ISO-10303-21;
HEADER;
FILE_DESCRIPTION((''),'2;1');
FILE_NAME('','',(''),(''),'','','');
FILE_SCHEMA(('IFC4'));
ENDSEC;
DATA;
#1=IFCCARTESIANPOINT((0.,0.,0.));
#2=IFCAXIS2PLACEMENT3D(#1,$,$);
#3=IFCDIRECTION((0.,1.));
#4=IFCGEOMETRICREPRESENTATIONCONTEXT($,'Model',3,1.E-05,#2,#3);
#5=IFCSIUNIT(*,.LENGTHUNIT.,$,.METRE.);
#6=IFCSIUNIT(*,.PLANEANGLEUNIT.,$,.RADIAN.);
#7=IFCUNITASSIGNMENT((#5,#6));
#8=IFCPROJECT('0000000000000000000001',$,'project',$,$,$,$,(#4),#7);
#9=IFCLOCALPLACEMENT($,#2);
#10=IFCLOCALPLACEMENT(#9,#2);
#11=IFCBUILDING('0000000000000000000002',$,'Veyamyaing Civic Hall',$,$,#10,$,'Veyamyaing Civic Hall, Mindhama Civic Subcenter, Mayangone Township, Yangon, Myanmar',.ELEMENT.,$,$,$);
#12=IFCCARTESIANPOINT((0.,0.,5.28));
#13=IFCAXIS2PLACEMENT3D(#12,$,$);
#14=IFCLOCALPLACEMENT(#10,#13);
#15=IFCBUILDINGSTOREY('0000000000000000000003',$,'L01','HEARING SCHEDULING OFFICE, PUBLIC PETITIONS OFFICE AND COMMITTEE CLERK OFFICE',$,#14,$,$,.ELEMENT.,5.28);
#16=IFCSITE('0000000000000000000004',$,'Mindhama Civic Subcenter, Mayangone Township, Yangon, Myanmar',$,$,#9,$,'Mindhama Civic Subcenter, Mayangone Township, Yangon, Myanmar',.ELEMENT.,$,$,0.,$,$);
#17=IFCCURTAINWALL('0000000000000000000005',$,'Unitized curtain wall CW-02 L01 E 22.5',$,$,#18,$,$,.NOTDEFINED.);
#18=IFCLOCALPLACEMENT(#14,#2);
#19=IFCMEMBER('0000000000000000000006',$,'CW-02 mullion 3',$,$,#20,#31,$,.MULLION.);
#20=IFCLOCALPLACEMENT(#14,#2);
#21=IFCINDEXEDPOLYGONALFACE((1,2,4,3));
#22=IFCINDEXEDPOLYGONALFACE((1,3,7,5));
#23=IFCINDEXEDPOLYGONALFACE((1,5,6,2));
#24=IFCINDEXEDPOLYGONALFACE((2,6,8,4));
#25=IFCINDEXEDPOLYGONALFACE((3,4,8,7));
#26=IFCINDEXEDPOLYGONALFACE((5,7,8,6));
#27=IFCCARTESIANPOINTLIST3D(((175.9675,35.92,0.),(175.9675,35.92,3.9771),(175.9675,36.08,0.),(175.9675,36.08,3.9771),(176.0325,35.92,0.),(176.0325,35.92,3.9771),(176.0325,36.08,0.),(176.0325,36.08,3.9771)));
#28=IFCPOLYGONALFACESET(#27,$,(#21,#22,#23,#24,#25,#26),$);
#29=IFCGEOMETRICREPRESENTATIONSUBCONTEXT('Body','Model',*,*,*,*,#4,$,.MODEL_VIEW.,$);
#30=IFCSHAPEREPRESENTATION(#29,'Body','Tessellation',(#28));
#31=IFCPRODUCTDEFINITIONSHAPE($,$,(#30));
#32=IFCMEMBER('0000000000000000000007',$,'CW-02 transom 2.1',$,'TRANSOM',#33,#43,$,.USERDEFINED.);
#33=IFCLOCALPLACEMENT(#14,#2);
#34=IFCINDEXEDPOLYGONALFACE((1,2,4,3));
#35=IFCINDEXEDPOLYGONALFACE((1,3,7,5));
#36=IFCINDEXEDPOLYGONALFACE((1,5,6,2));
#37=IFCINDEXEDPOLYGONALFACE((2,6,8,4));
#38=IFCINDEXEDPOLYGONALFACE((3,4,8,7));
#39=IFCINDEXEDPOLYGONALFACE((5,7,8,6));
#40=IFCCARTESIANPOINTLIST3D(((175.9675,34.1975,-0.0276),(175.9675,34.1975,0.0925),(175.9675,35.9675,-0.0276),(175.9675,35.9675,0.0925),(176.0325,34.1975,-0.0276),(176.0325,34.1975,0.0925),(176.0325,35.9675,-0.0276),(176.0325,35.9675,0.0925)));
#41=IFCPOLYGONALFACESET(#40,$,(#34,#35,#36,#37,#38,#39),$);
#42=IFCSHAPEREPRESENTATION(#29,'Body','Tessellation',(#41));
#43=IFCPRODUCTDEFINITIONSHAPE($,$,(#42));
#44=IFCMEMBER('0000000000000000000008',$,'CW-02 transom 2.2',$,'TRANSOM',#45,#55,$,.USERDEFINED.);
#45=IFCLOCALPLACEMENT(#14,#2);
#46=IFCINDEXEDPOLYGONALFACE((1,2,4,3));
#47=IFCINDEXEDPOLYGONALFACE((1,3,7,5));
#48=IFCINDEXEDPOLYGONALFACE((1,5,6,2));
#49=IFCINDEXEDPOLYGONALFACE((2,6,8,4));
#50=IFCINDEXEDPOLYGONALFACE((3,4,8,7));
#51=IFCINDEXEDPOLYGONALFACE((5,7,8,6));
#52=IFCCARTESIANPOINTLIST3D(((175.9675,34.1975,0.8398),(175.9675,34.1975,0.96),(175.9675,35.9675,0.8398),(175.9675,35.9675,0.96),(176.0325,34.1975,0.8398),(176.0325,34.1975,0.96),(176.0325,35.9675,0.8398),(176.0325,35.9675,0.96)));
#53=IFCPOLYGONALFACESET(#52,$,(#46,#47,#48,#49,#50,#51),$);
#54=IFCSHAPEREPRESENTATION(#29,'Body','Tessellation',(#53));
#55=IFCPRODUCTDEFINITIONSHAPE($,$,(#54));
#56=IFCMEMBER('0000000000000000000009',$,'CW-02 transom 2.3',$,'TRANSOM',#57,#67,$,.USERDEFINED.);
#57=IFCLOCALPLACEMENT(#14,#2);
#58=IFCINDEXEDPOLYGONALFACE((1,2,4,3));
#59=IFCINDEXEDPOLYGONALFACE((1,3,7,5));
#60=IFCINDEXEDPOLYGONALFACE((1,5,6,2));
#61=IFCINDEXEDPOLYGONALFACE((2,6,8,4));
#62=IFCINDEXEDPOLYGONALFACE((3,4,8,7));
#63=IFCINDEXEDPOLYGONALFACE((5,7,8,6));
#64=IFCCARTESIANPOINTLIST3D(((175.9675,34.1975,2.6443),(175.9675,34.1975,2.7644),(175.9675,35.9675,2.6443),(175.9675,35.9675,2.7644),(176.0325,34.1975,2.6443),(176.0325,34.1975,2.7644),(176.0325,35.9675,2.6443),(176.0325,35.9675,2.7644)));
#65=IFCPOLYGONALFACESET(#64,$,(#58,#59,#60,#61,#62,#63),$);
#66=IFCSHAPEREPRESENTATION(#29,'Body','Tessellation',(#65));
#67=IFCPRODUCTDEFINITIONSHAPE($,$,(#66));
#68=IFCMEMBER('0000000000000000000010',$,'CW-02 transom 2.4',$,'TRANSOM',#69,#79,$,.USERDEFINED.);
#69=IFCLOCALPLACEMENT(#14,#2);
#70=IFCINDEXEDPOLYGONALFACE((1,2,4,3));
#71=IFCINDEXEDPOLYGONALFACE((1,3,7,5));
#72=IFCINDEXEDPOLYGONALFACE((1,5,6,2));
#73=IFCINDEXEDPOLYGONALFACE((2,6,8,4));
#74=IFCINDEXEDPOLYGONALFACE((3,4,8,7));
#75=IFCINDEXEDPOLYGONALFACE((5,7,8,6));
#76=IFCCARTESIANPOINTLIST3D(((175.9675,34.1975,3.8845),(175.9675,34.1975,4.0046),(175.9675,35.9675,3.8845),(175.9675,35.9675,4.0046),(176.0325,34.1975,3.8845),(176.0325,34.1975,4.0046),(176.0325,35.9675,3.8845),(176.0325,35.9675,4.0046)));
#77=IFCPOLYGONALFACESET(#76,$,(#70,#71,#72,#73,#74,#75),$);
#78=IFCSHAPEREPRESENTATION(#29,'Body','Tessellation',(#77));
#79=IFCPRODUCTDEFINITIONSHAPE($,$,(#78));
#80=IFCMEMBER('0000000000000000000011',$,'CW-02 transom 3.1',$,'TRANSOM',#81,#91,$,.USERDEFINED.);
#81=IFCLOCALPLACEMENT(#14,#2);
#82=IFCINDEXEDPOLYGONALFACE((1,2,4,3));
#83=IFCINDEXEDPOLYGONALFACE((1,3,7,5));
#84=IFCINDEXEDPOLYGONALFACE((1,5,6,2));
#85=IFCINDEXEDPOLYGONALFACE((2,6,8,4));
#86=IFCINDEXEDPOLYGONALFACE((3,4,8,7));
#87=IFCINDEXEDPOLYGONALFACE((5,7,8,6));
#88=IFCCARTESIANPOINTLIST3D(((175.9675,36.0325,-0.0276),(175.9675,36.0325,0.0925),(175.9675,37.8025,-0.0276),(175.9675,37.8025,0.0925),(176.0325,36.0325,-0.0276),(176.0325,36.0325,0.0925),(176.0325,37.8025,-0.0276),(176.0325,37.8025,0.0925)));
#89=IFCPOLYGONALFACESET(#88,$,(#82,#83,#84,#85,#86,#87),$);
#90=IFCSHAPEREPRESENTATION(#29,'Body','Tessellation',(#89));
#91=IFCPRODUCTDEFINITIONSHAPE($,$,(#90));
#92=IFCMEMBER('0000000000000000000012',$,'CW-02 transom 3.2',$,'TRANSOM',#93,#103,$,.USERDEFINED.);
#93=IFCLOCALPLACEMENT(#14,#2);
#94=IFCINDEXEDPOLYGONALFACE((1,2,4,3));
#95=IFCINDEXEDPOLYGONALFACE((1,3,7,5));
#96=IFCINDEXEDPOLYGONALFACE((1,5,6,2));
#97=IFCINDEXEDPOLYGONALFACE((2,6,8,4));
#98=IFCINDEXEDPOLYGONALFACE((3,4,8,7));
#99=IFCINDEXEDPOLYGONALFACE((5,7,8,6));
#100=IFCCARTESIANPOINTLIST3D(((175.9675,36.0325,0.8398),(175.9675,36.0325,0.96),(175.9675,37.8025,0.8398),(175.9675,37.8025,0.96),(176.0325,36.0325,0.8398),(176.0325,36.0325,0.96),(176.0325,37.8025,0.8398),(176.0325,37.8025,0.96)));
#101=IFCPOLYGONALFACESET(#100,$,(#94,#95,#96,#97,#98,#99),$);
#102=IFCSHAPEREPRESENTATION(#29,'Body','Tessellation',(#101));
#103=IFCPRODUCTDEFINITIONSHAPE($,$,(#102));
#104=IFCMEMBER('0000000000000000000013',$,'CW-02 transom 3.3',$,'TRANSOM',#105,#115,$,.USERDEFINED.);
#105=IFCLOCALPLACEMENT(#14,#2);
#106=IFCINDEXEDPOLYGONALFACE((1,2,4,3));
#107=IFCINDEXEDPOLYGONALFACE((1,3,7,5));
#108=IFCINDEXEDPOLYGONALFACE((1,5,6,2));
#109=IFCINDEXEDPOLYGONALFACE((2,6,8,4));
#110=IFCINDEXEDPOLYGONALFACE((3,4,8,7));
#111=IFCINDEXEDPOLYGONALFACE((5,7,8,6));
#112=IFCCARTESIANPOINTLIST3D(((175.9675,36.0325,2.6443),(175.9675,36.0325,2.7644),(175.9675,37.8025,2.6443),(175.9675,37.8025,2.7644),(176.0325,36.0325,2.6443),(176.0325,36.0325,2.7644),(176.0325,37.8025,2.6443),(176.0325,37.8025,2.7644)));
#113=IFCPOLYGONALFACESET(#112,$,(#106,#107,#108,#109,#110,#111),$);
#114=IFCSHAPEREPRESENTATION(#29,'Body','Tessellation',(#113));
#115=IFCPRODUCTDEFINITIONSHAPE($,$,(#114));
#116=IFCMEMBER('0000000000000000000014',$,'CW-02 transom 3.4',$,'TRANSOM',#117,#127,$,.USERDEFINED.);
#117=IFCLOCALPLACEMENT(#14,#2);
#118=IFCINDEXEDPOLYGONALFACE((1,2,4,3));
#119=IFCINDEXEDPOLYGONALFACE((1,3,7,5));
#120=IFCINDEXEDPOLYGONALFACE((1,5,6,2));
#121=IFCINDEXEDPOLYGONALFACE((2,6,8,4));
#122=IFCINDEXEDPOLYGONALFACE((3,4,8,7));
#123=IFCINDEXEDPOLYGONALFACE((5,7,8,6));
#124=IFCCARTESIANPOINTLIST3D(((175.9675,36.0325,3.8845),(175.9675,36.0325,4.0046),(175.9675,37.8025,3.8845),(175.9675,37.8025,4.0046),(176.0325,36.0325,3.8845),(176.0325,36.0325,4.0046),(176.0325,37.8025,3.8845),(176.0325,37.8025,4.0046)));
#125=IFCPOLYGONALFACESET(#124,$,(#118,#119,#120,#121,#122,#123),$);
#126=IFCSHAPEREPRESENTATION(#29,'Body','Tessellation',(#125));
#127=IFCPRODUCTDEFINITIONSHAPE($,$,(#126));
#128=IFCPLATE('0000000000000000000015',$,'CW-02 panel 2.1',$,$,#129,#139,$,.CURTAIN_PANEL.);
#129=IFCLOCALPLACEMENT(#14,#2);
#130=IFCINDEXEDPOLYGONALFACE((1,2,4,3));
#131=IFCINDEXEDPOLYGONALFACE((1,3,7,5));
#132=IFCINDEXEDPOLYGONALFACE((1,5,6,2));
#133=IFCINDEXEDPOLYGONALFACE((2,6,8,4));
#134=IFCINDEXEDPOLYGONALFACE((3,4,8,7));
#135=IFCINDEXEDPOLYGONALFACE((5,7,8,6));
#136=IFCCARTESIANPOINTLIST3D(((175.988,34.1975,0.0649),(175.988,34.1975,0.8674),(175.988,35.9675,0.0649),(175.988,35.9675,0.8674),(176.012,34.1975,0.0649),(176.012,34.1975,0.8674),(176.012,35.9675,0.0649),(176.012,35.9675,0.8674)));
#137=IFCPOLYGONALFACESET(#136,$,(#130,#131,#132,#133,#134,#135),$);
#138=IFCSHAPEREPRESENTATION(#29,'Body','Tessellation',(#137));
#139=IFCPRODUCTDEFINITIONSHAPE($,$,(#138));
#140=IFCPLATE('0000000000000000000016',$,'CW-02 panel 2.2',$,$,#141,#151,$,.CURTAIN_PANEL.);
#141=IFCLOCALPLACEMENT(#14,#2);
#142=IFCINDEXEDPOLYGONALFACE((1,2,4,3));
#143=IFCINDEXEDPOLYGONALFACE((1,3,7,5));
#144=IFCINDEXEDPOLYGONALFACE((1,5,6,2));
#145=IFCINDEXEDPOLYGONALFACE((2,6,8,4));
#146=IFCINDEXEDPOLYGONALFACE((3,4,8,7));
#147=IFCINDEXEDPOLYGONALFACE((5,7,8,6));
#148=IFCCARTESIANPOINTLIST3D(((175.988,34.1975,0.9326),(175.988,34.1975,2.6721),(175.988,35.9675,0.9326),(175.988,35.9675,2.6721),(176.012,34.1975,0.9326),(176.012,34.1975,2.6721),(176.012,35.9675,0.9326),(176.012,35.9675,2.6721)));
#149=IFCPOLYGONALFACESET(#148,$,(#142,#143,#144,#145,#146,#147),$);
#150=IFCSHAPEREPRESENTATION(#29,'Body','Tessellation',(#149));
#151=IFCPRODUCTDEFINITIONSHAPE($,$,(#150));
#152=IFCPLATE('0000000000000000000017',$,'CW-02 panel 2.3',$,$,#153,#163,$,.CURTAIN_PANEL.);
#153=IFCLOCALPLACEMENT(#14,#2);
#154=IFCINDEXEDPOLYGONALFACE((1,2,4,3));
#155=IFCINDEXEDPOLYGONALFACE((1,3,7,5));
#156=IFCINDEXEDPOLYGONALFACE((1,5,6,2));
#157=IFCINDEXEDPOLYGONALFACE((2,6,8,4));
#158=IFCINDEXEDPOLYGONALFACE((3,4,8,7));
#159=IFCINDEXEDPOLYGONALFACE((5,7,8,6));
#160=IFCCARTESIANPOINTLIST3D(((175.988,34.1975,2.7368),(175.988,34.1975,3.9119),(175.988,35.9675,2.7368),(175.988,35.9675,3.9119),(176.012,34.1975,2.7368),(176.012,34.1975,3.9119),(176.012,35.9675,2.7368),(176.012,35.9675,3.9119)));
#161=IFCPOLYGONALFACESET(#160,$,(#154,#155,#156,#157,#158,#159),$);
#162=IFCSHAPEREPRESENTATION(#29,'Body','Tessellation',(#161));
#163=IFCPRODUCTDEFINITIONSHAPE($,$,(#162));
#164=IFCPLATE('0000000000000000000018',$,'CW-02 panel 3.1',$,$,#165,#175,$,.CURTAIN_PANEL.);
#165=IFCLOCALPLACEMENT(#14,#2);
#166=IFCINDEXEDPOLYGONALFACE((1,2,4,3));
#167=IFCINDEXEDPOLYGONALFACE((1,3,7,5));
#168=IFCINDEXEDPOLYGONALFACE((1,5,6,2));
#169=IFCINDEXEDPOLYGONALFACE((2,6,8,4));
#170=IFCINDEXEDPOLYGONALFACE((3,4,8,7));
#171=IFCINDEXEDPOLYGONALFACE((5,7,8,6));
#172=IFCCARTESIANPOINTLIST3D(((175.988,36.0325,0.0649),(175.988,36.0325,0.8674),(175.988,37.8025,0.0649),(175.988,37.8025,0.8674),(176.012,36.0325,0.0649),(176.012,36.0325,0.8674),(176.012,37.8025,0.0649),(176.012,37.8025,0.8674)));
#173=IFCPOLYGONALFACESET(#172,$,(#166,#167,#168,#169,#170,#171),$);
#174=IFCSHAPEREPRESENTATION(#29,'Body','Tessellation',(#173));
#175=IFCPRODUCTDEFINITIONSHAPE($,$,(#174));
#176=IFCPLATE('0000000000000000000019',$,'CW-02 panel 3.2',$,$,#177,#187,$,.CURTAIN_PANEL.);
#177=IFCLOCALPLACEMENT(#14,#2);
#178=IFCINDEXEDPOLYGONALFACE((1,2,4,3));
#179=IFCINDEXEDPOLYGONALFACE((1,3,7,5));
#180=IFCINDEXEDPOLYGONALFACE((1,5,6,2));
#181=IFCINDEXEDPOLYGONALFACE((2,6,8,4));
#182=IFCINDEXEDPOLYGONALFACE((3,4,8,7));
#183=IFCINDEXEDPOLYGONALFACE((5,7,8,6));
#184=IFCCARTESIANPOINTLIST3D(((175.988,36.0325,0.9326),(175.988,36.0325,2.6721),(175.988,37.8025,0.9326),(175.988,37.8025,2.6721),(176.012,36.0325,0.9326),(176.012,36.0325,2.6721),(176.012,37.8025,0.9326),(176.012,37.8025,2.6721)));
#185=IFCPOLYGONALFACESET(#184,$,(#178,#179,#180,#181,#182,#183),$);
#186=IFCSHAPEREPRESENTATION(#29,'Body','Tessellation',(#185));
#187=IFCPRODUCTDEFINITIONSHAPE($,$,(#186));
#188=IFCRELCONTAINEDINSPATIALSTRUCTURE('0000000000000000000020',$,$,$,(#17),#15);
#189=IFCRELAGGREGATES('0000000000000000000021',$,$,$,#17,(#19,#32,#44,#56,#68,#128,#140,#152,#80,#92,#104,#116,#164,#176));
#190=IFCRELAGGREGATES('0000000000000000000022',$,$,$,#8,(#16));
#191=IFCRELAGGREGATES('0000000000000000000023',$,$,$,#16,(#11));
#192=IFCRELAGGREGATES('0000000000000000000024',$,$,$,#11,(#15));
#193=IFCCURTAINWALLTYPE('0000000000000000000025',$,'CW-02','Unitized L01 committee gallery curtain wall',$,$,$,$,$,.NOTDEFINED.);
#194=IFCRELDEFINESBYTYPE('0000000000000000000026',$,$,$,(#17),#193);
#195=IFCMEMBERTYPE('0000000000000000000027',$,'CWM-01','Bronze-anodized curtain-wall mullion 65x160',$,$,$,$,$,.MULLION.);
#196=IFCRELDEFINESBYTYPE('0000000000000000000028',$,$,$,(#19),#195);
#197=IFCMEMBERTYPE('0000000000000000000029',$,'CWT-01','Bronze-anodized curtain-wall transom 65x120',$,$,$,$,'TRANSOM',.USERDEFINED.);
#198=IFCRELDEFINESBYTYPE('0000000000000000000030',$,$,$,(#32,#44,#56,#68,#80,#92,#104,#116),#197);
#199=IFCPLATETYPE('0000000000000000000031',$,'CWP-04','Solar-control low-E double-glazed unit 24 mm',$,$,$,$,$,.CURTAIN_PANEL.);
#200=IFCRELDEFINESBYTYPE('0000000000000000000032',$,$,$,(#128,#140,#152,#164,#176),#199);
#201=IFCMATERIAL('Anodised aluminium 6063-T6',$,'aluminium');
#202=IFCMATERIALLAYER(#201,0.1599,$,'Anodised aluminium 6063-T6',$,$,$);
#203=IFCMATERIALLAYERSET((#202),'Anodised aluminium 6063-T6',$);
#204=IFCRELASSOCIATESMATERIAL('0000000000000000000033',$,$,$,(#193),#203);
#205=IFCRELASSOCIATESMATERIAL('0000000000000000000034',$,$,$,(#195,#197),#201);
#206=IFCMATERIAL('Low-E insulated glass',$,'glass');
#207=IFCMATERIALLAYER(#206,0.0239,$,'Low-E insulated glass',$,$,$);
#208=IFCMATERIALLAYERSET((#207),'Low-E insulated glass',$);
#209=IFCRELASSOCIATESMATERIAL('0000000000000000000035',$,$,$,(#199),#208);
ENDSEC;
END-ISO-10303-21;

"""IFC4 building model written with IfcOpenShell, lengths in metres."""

from ifc_helpers import new_model, si_unit, direction, frame, origin, origin_2d, place, context, subcontext, project, spatial, rectangle, extrude, material, layer, layer_set, material_profile, profile_set, type_object, element, aggregate, save


model = new_model("IFC4")

# Units and contexts
model_context = context("Model", 3, precision=1e-05, world=origin(), true_north=direction((0.0, 1.0)))
body_context = subcontext(model_context, "Body", "Model", "MODEL_VIEW")
ifc_project = project(units=[si_unit("LENGTHUNIT", "METRE"), si_unit("PLANEANGLEUNIT", "RADIAN")], contexts=[model_context])

# Site, building, storey
site_placement = place(None, origin())
site = spatial("IfcSite", under=ifc_project, at=site_placement, Name="Mindhama Civic Subcenter, Mayangone Township, Yangon, Myanmar", LongName="Mindhama Civic Subcenter, Mayangone Township, Yangon, Myanmar", CompositionType="ELEMENT", RefElevation=0.0)
building_placement = place(site_placement, origin())
building = spatial("IfcBuilding", under=site, at=building_placement, Name="Veyamyaing Civic Hall", LongName="Veyamyaing Civic Hall, Mindhama Civic Subcenter, Mayangone Township, Yangon, Myanmar", CompositionType="ELEMENT")
storey_placement = place(building_placement, frame((0.0, 0.0, 5.28)))
storey = spatial("IfcBuildingStorey", under=building, at=storey_placement, Name="L01", Description="HEARING SCHEDULING OFFICE, PUBLIC PETITIONS OFFICE AND COMMITTEE CLERK OFFICE", CompositionType="ELEMENT", Elevation=5.28)

# Curtain wall, members, plates
ifc_material_1 = material(Name="Anodised aluminium 6063-T6", Category="aluminium")
ifc_layer_1 = layer(ifc_material_1, 0.1599, Name="Anodised aluminium 6063-T6")
ifc_layer_set_1 = layer_set([ifc_layer_1], Name="Anodised aluminium 6063-T6")
curtain_wall_type = type_object("IfcCurtainWallType", Name="CW-02", Description="Unitized L01 committee gallery curtain wall", PredefinedType="NOTDEFINED", material=ifc_layer_set_1)
curtain_wall_placement = place(storey_placement, origin())
curtain_wall = element("IfcCurtainWall", 1, at=curtain_wall_placement, inside=storey, type_object=curtain_wall_type, Name="Unitized curtain wall CW-02 L01 E 22.5", PredefinedType="NOTDEFINED")
ifc_material_profile_1 = material_profile(ifc_material_1, rectangle(XDim=0.0649, YDim=0.1599, at=origin_2d()), Name="ALU-MUL-65X160")
ifc_profile_set_1 = profile_set([ifc_material_profile_1], Name="Anodised aluminium 6063-T6")
member_type_1 = type_object("IfcMemberType", Name="CWM-01", Description="Bronze-anodized curtain-wall mullion 65x160", PredefinedType="MULLION", material=ifc_profile_set_1)
member_1_placement = place(storey_placement, frame((176.0, 36.0, 0.0), z_axis=(0.0, 0.0, 1.0), x_axis=(-1.0, 0.0, 0.0)))
member_1 = element("IfcMember", 2, at=member_1_placement, type_object=member_type_1, Name="CW-02 mullion 3", PredefinedType="MULLION", context=body_context, shape_type="SweptSolid", body=[
    extrude(rectangle(XDim=0.0649, YDim=0.1599, at=origin_2d()), origin(), (0.0, 0.0, 1.0), 3.9771),
])
ifc_material_profile_2 = material_profile(ifc_material_1, rectangle(XDim=0.0649, YDim=0.1201, at=origin_2d()), Name="ALU-TRN-65X120")
ifc_profile_set_2 = profile_set([ifc_material_profile_2], Name="Anodised aluminium 6063-T6")
member_type_2 = type_object("IfcMemberType", Name="CWT-01", Description="Bronze-anodized curtain-wall transom 65x120", ElementType="TRANSOM", PredefinedType="USERDEFINED", material=ifc_profile_set_2)
member_2_placement = place(storey_placement, frame((176.0, 34.1975, 0.0325), z_axis=(0.0, 1.0, 0.0), x_axis=(-1.0, 0.0, 0.0)))
member_2 = element("IfcMember", 3, at=member_2_placement, type_object=member_type_2, Name="CW-02 transom 2.1", ObjectType="TRANSOM", PredefinedType="USERDEFINED", context=body_context, shape_type="SweptSolid", body=[
    extrude(rectangle(XDim=0.0649, YDim=0.1201, at=origin_2d()), origin(), (0.0, 0.0, 1.0), 1.77),
])
member_3_placement = place(storey_placement, frame((176.0, 34.1975, 0.8999), z_axis=(0.0, 1.0, 0.0), x_axis=(-1.0, 0.0, 0.0)))
member_3 = element("IfcMember", 4, at=member_3_placement, type_object=member_type_2, Name="CW-02 transom 2.2", ObjectType="TRANSOM", PredefinedType="USERDEFINED", context=body_context, shape_type="SweptSolid", body=[
    extrude(rectangle(XDim=0.0649, YDim=0.1201, at=origin_2d()), origin(), (0.0, 0.0, 1.0), 1.77),
])
member_4_placement = place(storey_placement, frame((176.0, 34.1975, 2.7043), z_axis=(0.0, 1.0, 0.0), x_axis=(-1.0, 0.0, 0.0)))
member_4 = element("IfcMember", 5, at=member_4_placement, type_object=member_type_2, Name="CW-02 transom 2.3", ObjectType="TRANSOM", PredefinedType="USERDEFINED", context=body_context, shape_type="SweptSolid", body=[
    extrude(rectangle(XDim=0.0649, YDim=0.1201, at=origin_2d()), origin(), (0.0, 0.0, 1.0), 1.77),
])
member_5_placement = place(storey_placement, frame((176.0, 34.1975, 3.9446), z_axis=(0.0, 1.0, 0.0), x_axis=(-1.0, 0.0, 0.0)))
member_5 = element("IfcMember", 6, at=member_5_placement, type_object=member_type_2, Name="CW-02 transom 2.4", ObjectType="TRANSOM", PredefinedType="USERDEFINED", context=body_context, shape_type="SweptSolid", body=[
    extrude(rectangle(XDim=0.0649, YDim=0.1201, at=origin_2d()), origin(), (0.0, 0.0, 1.0), 1.77),
])
member_6_placement = place(storey_placement, frame((176.0, 36.0325, 0.0325), z_axis=(0.0, 1.0, 0.0), x_axis=(-1.0, 0.0, 0.0)))
member_6 = element("IfcMember", 7, at=member_6_placement, type_object=member_type_2, Name="CW-02 transom 3.1", ObjectType="TRANSOM", PredefinedType="USERDEFINED", context=body_context, shape_type="SweptSolid", body=[
    extrude(rectangle(XDim=0.0649, YDim=0.1201, at=origin_2d()), origin(), (0.0, 0.0, 1.0), 1.77),
])
member_7_placement = place(storey_placement, frame((176.0, 36.0325, 0.8999), z_axis=(0.0, 1.0, 0.0), x_axis=(-1.0, 0.0, 0.0)))
member_7 = element("IfcMember", 8, at=member_7_placement, type_object=member_type_2, Name="CW-02 transom 3.2", ObjectType="TRANSOM", PredefinedType="USERDEFINED", context=body_context, shape_type="SweptSolid", body=[
    extrude(rectangle(XDim=0.0649, YDim=0.1201, at=origin_2d()), origin(), (0.0, 0.0, 1.0), 1.77),
])
member_8_placement = place(storey_placement, frame((176.0, 36.0325, 2.7043), z_axis=(0.0, 1.0, 0.0), x_axis=(-1.0, 0.0, 0.0)))
member_8 = element("IfcMember", 9, at=member_8_placement, type_object=member_type_2, Name="CW-02 transom 3.3", ObjectType="TRANSOM", PredefinedType="USERDEFINED", context=body_context, shape_type="SweptSolid", body=[
    extrude(rectangle(XDim=0.0649, YDim=0.1201, at=origin_2d()), origin(), (0.0, 0.0, 1.0), 1.77),
])
member_9_placement = place(storey_placement, frame((176.0, 36.0325, 3.9446), z_axis=(0.0, 1.0, 0.0), x_axis=(-1.0, 0.0, 0.0)))
member_9 = element("IfcMember", 10, at=member_9_placement, type_object=member_type_2, Name="CW-02 transom 3.4", ObjectType="TRANSOM", PredefinedType="USERDEFINED", context=body_context, shape_type="SweptSolid", body=[
    extrude(rectangle(XDim=0.0649, YDim=0.1201, at=origin_2d()), origin(), (0.0, 0.0, 1.0), 1.77),
])
ifc_material_2 = material(Name="Low-E insulated glass", Category="glass")
ifc_layer_2 = layer(ifc_material_2, 0.0239, Name="Low-E insulated glass")
ifc_layer_set_2 = layer_set([ifc_layer_2], Name="Low-E insulated glass")
plate_type = type_object("IfcPlateType", Name="CWP-04", Description="Solar-control low-E double-glazed unit 24 mm", PredefinedType="CURTAIN_PANEL", material=ifc_layer_set_2)
plate_1_placement = place(storey_placement, frame((176.0, 35.0825, 0.0649), z_axis=(0.0, 0.0, 1.0), x_axis=(0.0, 1.0, 0.0)))
plate_1 = element("IfcPlate", 11, at=plate_1_placement, type_object=plate_type, Name="CW-02 panel 2.1", PredefinedType="CURTAIN_PANEL", context=body_context, shape_type="SweptSolid", body=[
    extrude(rectangle(XDim=1.77, YDim=0.0239, at=origin_2d()), origin(), (0.0, 0.0, 1.0), 0.8025),
])
plate_2_placement = place(storey_placement, frame((176.0, 35.0825, 0.9326), z_axis=(0.0, 0.0, 1.0), x_axis=(0.0, 1.0, 0.0)))
plate_2 = element("IfcPlate", 12, at=plate_2_placement, type_object=plate_type, Name="CW-02 panel 2.2", PredefinedType="CURTAIN_PANEL", context=body_context, shape_type="SweptSolid", body=[
    extrude(rectangle(XDim=1.77, YDim=0.0239, at=origin_2d()), origin(), (0.0, 0.0, 1.0), 1.7395),
])
plate_3_placement = place(storey_placement, frame((176.0, 35.0825, 2.7368), z_axis=(0.0, 0.0, 1.0), x_axis=(0.0, 1.0, 0.0)))
plate_3 = element("IfcPlate", 13, at=plate_3_placement, type_object=plate_type, Name="CW-02 panel 2.3", PredefinedType="CURTAIN_PANEL", context=body_context, shape_type="SweptSolid", body=[
    extrude(rectangle(XDim=1.77, YDim=0.0239, at=origin_2d()), origin(), (0.0, 0.0, 1.0), 1.175),
])
plate_4_placement = place(storey_placement, frame((176.0, 36.9175, 0.0649), z_axis=(0.0, 0.0, 1.0), x_axis=(0.0, 1.0, 0.0)))
plate_4 = element("IfcPlate", 14, at=plate_4_placement, type_object=plate_type, Name="CW-02 panel 3.1", PredefinedType="CURTAIN_PANEL", context=body_context, shape_type="SweptSolid", body=[
    extrude(rectangle(XDim=1.77, YDim=0.0239, at=origin_2d()), origin(), (0.0, 0.0, 1.0), 0.8025),
])
plate_5_placement = place(storey_placement, frame((176.0, 36.9175, 0.9326), z_axis=(0.0, 0.0, 1.0), x_axis=(0.0, 1.0, 0.0)))
plate_5 = element("IfcPlate", 15, at=plate_5_placement, type_object=plate_type, Name="CW-02 panel 3.2", PredefinedType="CURTAIN_PANEL", context=body_context, shape_type="SweptSolid", body=[
    extrude(rectangle(XDim=1.77, YDim=0.0239, at=origin_2d()), origin(), (0.0, 0.0, 1.0), 1.7395),
])
aggregate(curtain_wall, [member_1, member_2, member_3, member_4, member_5, plate_1, plate_2, plate_3, member_6, member_7, member_8, member_9, plate_4, plate_5])

save(model, "model.ifc")
